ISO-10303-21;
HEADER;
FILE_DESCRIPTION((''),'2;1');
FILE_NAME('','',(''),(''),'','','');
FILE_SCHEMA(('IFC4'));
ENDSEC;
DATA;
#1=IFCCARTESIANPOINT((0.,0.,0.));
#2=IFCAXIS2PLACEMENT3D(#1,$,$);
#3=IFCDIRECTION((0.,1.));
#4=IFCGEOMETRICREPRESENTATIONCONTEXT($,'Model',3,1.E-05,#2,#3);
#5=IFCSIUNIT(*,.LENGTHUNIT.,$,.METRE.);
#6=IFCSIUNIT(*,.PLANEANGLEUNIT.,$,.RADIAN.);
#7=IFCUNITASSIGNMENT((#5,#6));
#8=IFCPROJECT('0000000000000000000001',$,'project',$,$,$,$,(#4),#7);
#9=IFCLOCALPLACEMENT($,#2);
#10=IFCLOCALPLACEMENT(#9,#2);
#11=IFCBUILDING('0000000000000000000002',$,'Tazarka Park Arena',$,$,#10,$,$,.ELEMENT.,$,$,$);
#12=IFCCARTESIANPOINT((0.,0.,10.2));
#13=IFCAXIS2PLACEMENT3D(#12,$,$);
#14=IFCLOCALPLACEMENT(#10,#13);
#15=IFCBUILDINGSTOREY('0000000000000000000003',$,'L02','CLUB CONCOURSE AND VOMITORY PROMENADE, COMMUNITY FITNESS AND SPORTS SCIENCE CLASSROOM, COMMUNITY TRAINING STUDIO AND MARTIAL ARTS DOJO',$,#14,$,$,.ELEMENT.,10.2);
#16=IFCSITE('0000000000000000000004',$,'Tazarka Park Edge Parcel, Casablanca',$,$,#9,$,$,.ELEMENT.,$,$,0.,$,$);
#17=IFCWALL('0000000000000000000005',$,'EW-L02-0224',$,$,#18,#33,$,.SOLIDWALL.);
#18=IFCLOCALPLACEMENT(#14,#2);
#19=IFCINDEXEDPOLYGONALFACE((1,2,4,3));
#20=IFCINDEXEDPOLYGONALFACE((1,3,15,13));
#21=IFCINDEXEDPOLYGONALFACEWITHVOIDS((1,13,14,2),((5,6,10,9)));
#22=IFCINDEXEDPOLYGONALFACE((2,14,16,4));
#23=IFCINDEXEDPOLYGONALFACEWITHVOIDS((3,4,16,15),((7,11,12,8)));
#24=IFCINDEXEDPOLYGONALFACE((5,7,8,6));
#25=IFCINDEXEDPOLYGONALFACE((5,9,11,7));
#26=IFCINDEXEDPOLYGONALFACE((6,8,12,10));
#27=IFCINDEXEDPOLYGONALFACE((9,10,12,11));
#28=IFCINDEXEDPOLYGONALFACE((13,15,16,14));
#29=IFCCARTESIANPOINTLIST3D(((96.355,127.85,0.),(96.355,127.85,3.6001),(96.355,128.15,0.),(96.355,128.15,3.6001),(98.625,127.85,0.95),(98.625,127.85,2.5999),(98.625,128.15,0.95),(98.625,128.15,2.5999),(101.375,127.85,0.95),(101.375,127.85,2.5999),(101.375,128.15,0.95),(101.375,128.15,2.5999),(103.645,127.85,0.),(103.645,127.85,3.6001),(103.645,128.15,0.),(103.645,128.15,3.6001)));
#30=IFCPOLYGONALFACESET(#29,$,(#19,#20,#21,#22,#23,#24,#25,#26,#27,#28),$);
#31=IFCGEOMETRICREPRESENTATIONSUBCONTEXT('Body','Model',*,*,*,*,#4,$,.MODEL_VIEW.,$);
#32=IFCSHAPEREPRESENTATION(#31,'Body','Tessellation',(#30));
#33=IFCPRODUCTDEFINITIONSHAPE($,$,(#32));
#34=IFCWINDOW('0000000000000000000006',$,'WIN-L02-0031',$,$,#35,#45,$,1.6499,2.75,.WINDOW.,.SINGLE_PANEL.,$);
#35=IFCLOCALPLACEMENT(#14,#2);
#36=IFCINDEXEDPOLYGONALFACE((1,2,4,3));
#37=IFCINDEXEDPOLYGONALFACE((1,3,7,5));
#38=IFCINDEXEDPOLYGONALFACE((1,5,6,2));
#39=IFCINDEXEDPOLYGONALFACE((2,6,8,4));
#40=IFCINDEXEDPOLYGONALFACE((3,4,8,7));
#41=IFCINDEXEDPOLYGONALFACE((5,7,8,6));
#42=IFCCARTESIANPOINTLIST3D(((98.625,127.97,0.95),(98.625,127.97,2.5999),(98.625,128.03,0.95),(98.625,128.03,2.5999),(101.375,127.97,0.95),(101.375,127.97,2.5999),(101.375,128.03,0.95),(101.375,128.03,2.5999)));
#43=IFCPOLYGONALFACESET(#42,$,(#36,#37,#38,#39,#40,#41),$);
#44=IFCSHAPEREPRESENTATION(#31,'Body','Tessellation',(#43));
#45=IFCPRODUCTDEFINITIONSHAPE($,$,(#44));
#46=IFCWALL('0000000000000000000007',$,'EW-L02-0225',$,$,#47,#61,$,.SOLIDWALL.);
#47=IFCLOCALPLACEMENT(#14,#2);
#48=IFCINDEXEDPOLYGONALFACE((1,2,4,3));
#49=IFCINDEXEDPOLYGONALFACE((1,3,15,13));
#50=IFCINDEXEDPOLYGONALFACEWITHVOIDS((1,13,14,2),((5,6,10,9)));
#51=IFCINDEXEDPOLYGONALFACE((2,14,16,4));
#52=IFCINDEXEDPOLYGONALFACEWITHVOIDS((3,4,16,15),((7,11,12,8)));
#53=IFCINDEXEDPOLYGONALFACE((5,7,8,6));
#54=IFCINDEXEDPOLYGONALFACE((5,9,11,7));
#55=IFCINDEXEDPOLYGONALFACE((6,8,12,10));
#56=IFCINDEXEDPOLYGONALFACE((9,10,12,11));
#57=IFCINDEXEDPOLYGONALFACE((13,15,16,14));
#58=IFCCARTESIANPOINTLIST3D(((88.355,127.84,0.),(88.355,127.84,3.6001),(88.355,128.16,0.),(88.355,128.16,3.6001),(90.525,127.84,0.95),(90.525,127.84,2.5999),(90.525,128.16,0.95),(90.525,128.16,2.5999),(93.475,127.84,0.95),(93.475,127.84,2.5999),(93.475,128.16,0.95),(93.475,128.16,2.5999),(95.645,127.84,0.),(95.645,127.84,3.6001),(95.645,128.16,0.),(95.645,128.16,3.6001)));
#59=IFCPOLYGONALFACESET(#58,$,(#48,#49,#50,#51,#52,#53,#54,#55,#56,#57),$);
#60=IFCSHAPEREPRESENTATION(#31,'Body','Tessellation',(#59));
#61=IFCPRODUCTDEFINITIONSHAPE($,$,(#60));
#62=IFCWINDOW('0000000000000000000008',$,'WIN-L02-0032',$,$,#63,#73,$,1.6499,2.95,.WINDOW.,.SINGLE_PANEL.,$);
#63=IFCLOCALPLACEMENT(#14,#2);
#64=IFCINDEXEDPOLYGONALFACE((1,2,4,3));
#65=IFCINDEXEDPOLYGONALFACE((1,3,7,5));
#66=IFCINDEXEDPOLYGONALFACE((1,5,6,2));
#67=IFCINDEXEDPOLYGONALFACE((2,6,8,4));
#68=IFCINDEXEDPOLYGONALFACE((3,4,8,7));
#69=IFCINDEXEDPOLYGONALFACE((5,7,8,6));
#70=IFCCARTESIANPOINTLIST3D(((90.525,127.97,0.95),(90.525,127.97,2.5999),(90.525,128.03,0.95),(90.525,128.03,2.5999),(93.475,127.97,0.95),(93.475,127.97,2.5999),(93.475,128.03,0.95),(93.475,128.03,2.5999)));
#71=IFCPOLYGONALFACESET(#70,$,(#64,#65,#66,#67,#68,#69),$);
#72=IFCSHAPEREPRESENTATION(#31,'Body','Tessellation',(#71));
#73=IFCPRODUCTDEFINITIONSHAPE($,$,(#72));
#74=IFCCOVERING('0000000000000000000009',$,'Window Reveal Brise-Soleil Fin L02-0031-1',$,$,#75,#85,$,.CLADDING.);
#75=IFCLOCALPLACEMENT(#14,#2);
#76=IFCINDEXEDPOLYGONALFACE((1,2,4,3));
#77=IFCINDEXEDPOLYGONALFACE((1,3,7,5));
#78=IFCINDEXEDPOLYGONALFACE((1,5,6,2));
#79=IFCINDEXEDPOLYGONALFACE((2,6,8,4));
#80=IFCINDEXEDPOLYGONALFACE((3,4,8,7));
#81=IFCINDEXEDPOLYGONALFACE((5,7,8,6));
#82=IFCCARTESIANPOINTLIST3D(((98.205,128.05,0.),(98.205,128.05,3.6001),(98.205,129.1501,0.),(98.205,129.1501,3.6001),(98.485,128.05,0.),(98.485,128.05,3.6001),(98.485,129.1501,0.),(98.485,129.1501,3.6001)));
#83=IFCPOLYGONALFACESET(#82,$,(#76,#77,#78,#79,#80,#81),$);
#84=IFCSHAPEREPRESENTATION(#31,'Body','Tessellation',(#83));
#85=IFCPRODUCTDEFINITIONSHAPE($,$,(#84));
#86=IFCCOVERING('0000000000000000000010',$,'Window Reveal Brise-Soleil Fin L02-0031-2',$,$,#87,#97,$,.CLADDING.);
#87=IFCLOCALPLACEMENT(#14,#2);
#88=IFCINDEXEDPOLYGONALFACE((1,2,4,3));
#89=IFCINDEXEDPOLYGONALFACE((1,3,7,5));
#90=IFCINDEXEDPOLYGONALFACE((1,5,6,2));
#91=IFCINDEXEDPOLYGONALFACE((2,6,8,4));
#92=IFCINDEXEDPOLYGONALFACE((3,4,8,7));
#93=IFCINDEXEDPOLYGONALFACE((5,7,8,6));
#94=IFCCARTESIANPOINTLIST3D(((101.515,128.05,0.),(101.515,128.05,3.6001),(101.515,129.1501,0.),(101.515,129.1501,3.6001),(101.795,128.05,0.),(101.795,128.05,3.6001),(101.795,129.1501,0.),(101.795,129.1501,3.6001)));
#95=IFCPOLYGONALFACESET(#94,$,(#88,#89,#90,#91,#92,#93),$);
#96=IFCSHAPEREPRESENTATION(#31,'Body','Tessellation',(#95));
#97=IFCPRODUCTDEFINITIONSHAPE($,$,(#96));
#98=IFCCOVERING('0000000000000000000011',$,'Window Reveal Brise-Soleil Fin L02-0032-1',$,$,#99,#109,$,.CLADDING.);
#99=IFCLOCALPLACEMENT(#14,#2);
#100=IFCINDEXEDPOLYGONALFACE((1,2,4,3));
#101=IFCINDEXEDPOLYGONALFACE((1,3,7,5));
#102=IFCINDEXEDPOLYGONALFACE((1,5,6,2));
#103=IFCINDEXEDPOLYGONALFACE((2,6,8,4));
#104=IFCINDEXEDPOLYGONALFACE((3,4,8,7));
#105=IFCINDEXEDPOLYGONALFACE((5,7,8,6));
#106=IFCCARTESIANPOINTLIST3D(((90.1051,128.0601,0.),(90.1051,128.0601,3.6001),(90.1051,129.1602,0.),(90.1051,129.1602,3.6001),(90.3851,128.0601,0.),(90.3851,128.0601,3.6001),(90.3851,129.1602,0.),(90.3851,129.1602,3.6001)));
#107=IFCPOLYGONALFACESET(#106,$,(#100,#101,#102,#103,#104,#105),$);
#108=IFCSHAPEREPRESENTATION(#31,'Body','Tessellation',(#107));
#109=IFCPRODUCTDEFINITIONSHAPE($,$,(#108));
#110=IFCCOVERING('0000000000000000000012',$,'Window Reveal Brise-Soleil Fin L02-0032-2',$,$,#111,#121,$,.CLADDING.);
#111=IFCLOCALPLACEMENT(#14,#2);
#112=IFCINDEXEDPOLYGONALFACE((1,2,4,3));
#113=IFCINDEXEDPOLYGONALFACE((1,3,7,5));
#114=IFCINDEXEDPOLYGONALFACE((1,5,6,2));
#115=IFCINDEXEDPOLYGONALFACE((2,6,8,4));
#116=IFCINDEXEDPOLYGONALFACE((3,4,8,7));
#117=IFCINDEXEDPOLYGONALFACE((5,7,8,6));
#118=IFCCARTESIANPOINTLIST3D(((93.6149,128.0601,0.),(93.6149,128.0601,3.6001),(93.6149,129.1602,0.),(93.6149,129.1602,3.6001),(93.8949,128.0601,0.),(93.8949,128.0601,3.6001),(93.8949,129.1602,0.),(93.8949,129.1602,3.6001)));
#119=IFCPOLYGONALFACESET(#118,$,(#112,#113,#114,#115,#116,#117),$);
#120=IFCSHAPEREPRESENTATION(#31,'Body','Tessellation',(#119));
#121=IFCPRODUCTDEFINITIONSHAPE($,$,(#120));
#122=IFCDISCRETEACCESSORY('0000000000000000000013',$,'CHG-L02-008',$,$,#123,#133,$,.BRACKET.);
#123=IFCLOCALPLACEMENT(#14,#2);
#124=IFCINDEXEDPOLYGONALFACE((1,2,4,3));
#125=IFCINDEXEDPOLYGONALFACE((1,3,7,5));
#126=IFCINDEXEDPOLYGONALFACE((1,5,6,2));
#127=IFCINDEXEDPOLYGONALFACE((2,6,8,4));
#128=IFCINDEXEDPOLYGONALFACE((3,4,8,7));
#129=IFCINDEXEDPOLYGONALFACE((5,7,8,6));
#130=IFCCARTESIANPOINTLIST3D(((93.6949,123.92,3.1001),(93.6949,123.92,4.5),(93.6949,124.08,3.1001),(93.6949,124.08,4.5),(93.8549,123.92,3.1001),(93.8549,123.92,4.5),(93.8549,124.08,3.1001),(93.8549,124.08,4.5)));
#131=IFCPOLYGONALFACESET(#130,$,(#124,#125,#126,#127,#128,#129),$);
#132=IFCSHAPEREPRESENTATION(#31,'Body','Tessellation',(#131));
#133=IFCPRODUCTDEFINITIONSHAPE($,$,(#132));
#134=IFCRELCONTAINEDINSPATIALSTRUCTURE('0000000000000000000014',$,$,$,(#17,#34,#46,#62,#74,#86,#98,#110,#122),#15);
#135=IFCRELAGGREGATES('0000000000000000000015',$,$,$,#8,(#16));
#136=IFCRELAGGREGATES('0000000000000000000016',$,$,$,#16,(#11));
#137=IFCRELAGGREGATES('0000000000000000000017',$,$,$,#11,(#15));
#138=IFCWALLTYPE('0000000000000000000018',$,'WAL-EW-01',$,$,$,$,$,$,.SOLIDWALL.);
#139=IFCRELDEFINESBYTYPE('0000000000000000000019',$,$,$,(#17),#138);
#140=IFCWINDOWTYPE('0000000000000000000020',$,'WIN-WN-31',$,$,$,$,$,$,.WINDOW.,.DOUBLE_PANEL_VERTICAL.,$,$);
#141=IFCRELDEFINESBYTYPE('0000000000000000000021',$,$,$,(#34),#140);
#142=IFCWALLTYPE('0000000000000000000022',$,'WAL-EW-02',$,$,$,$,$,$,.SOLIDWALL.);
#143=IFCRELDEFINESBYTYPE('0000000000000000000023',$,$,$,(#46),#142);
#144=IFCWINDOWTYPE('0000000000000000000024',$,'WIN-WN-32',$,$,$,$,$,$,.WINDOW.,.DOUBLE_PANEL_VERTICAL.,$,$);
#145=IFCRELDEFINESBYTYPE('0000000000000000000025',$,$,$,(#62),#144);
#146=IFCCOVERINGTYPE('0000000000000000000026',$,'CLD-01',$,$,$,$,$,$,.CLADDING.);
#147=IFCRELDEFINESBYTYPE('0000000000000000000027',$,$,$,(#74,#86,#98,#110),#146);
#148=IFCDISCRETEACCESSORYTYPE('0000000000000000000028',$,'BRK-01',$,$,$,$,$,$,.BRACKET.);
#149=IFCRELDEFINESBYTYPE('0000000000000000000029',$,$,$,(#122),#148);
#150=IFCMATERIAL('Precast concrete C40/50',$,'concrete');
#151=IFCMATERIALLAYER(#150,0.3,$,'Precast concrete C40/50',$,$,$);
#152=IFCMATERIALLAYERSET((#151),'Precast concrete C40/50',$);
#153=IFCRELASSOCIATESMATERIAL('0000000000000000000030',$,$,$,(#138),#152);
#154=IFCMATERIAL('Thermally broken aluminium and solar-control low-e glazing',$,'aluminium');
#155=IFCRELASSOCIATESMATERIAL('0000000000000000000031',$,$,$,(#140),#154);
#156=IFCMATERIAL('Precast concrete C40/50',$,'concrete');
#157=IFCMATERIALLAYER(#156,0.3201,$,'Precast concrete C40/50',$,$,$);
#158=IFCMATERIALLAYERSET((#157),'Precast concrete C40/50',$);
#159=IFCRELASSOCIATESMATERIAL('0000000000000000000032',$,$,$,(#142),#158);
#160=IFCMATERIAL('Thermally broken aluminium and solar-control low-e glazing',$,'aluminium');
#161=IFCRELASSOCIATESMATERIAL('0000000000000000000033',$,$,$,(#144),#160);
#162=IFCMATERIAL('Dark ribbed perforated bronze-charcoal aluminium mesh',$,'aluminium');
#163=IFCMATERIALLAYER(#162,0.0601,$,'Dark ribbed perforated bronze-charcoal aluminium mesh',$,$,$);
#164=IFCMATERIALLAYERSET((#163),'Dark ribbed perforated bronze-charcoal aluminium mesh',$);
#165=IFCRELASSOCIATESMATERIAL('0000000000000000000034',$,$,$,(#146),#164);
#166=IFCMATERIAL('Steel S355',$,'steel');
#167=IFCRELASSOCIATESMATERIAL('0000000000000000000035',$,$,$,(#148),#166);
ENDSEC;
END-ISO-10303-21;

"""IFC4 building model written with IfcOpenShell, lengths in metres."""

from ifc_helpers import new_model, si_unit, direction, frame, frame_2d, origin, origin_2d, place, context, subcontext, project, spatial, rectangle, extrude, material, layer, layer_set, type_object, element, fill, save


model = new_model("IFC4")

# Units and contexts
model_context = context("Model", 3, precision=1e-05, world=origin(), true_north=direction((0.0, 1.0)))
body_context = subcontext(model_context, "Body", "Model", "MODEL_VIEW")
ifc_project = project(units=[si_unit("LENGTHUNIT", "METRE"), si_unit("PLANEANGLEUNIT", "RADIAN")], contexts=[model_context])

# Site, building, storey
site_placement = place(None, origin())
site = spatial("IfcSite", under=ifc_project, at=site_placement, Name="Tazarka Park Edge Parcel, Casablanca", CompositionType="ELEMENT", RefElevation=0.0)
building_placement = place(site_placement, origin())
building = spatial("IfcBuilding", under=site, at=building_placement, Name="Tazarka Park Arena", CompositionType="ELEMENT")
storey_placement = place(building_placement, frame((0.0, 0.0, 10.2)))
storey = spatial("IfcBuildingStorey", under=building, at=storey_placement, Name="L02", Description="CLUB CONCOURSE AND VOMITORY PROMENADE, COMMUNITY FITNESS AND SPORTS SCIENCE CLASSROOM, COMMUNITY TRAINING STUDIO AND MARTIAL ARTS DOJO", CompositionType="ELEMENT", Elevation=10.2)

# Walls, openings, windows
ifc_material_1 = material(Name="Precast concrete C40/50", Category="concrete")
ifc_layer_1 = layer(ifc_material_1, 0.3, Name="Precast concrete C40/50")
ifc_layer_set_1 = layer_set([ifc_layer_1], Name="Precast concrete C40/50")
wall_type_1 = type_object("IfcWallType", Name="WAL-EW-01", PredefinedType="SOLIDWALL", material=ifc_layer_set_1)
wall_1_placement = place(storey_placement, frame((96.355, 128.0, 0.0), z_axis=(0.0, 0.0, 1.0), x_axis=(1.0, 0.0, 0.0)))
wall_1 = element("IfcWall", 1, at=wall_1_placement, inside=storey, type_object=wall_type_1, Name="EW-L02-0224", PredefinedType="SOLIDWALL", context=body_context, shape_type="SweptSolid", body=[
    extrude(rectangle(XDim=7.29, YDim=0.3, at=frame_2d((3.645, 0.0))), origin(), (0.0, 0.0, 1.0), 3.6001),
])
opening_1_placement = place(wall_1_placement, frame((2.27, 0.0, 0.95)))
opening_1 = element("IfcOpeningElement", 2, at=opening_1_placement, cuts=wall_1, PredefinedType="OPENING", context=body_context, shape_type="SweptSolid", body=[
    extrude(rectangle(XDim=2.75, YDim=1.6499, at=frame_2d((1.375, 0.825))), frame((0.0, 0.1602, 0.0), z_axis=(0.0, -1.0, 0.0), x_axis=(1.0, 0.0, 0.0)), (0.0, 0.0, 1.0), 0.3201),
])
ifc_material_2 = material(Name="Thermally broken aluminium and solar-control low-e glazing", Category="aluminium")
window_type_1 = type_object("IfcWindowType", Name="WIN-WN-31", PartitioningType="DOUBLE_PANEL_VERTICAL", PredefinedType="WINDOW", material=ifc_material_2)
window_1_placement = place(opening_1_placement, origin())
window_1 = element("IfcWindow", 3, at=window_1_placement, inside=storey, type_object=window_type_1, Name="WIN-L02-0031", OverallHeight=1.6499, OverallWidth=2.75, PartitioningType="SINGLE_PANEL", PredefinedType="WINDOW", context=body_context, shape_type="SweptSolid", body=[
    extrude(rectangle(XDim=2.75, YDim=1.6499, at=frame_2d((1.375, 0.825))), frame((0.0, 0.03, 0.0), z_axis=(0.0, -1.0, 0.0), x_axis=(1.0, 0.0, 0.0)), (0.0, 0.0, 1.0), 0.0601),
])
fill(opening_1, window_1)
ifc_material_3 = material(Name="Precast concrete C40/50", Category="concrete")
ifc_layer_2 = layer(ifc_material_3, 0.3201, Name="Precast concrete C40/50")
ifc_layer_set_2 = layer_set([ifc_layer_2], Name="Precast concrete C40/50")
wall_type_2 = type_object("IfcWallType", Name="WAL-EW-02", PredefinedType="SOLIDWALL", material=ifc_layer_set_2)
wall_2_placement = place(storey_placement, frame((88.355, 128.0, 0.0), z_axis=(0.0, 0.0, 1.0), x_axis=(1.0, 0.0, 0.0)))
wall_2 = element("IfcWall", 4, at=wall_2_placement, inside=storey, type_object=wall_type_2, Name="EW-L02-0225", PredefinedType="SOLIDWALL", context=body_context, shape_type="SweptSolid", body=[
    extrude(rectangle(XDim=7.29, YDim=0.3201, at=frame_2d((3.645, 0.0))), origin(), (0.0, 0.0, 1.0), 3.6001),
])
opening_2_placement = place(wall_2_placement, frame((2.1699, 0.0, 0.95)))
opening_2 = element("IfcOpeningElement", 5, at=opening_2_placement, cuts=wall_2, PredefinedType="OPENING", context=body_context, shape_type="SweptSolid", body=[
    extrude(rectangle(XDim=2.95, YDim=1.6499, at=frame_2d((1.4751, 0.825))), frame((0.0, 0.1699, 0.0), z_axis=(0.0, -1.0, 0.0), x_axis=(1.0, 0.0, 0.0)), (0.0, 0.0, 1.0), 0.3401),
])
ifc_material_4 = material(Name="Thermally broken aluminium and solar-control low-e glazing", Category="aluminium")
window_type_2 = type_object("IfcWindowType", Name="WIN-WN-32", PartitioningType="DOUBLE_PANEL_VERTICAL", PredefinedType="WINDOW", material=ifc_material_4)
window_2_placement = place(opening_2_placement, origin())
window_2 = element("IfcWindow", 6, at=window_2_placement, inside=storey, type_object=window_type_2, Name="WIN-L02-0032", OverallHeight=1.6499, OverallWidth=2.95, PartitioningType="SINGLE_PANEL", PredefinedType="WINDOW", context=body_context, shape_type="SweptSolid", body=[
    extrude(rectangle(XDim=2.95, YDim=1.6499, at=frame_2d((1.4751, 0.825))), frame((0.0, 0.03, 0.0), z_axis=(0.0, -1.0, 0.0), x_axis=(1.0, 0.0, 0.0)), (0.0, 0.0, 1.0), 0.0601),
])
fill(opening_2, window_2)

# Coverings
ifc_material_5 = material(Name="Dark ribbed perforated bronze-charcoal aluminium mesh", Category="aluminium")
ifc_layer_3 = layer(ifc_material_5, 0.0601, Name="Dark ribbed perforated bronze-charcoal aluminium mesh")
ifc_layer_set_3 = layer_set([ifc_layer_3], Name="Dark ribbed perforated bronze-charcoal aluminium mesh")
covering_type = type_object("IfcCoveringType", Name="CLD-01", PredefinedType="CLADDING", material=ifc_layer_set_3)
for number, where, z_axis, x_axis, name in (
    (7, (98.345, 128.6001, 0.0), (0.0, 0.0, 1.0), (1.0, 0.0, 0.0), "Window Reveal Brise-Soleil Fin L02-0031-1"),
    (8, (101.655, 128.6001, 0.0), (0.0, 0.0, 1.0), (1.0, 0.0, 0.0), "Window Reveal Brise-Soleil Fin L02-0031-2"),
    (9, (90.2451, 128.6101, 0.0), (0.0, 0.0, 1.0), (1.0, 0.0, 0.0), "Window Reveal Brise-Soleil Fin L02-0032-1"),
    (10, (93.7549, 128.6101, 0.0), (0.0, 0.0, 1.0), (1.0, 0.0, 0.0), "Window Reveal Brise-Soleil Fin L02-0032-2"),
):
    element("IfcCovering", number, at=place(storey_placement, frame(where, z_axis=z_axis, x_axis=x_axis)), inside=storey, type_object=covering_type, Name=name, PredefinedType="CLADDING", context=body_context, shape_type="SweptSolid", body=[
        extrude(rectangle(XDim=0.28, YDim=1.1001, at=origin_2d()), origin(), (0.0, 0.0, 1.0), 3.6001),
    ])

# Discrete accessory
ifc_material_6 = material(Name="Steel S355", Category="steel")
discrete_accessory_type = type_object("IfcDiscreteAccessoryType", Name="BRK-01", PredefinedType="BRACKET", material=ifc_material_6)
discrete_accessory_placement = place(storey_placement, frame((93.7749, 124.0, 3.1001), z_axis=(0.0, 0.0, 1.0), x_axis=(1.0, 0.0, 0.0)))
element("IfcDiscreteAccessory", 11, at=discrete_accessory_placement, inside=storey, type_object=discrete_accessory_type, Name="CHG-L02-008", PredefinedType="BRACKET", context=body_context, shape_type="SweptSolid", body=[
    extrude(rectangle(XDim=0.1599, YDim=0.1599, at=origin_2d()), origin(), (0.0, 0.0, 1.0), 1.3999),
])

save(model, "model.ifc")
